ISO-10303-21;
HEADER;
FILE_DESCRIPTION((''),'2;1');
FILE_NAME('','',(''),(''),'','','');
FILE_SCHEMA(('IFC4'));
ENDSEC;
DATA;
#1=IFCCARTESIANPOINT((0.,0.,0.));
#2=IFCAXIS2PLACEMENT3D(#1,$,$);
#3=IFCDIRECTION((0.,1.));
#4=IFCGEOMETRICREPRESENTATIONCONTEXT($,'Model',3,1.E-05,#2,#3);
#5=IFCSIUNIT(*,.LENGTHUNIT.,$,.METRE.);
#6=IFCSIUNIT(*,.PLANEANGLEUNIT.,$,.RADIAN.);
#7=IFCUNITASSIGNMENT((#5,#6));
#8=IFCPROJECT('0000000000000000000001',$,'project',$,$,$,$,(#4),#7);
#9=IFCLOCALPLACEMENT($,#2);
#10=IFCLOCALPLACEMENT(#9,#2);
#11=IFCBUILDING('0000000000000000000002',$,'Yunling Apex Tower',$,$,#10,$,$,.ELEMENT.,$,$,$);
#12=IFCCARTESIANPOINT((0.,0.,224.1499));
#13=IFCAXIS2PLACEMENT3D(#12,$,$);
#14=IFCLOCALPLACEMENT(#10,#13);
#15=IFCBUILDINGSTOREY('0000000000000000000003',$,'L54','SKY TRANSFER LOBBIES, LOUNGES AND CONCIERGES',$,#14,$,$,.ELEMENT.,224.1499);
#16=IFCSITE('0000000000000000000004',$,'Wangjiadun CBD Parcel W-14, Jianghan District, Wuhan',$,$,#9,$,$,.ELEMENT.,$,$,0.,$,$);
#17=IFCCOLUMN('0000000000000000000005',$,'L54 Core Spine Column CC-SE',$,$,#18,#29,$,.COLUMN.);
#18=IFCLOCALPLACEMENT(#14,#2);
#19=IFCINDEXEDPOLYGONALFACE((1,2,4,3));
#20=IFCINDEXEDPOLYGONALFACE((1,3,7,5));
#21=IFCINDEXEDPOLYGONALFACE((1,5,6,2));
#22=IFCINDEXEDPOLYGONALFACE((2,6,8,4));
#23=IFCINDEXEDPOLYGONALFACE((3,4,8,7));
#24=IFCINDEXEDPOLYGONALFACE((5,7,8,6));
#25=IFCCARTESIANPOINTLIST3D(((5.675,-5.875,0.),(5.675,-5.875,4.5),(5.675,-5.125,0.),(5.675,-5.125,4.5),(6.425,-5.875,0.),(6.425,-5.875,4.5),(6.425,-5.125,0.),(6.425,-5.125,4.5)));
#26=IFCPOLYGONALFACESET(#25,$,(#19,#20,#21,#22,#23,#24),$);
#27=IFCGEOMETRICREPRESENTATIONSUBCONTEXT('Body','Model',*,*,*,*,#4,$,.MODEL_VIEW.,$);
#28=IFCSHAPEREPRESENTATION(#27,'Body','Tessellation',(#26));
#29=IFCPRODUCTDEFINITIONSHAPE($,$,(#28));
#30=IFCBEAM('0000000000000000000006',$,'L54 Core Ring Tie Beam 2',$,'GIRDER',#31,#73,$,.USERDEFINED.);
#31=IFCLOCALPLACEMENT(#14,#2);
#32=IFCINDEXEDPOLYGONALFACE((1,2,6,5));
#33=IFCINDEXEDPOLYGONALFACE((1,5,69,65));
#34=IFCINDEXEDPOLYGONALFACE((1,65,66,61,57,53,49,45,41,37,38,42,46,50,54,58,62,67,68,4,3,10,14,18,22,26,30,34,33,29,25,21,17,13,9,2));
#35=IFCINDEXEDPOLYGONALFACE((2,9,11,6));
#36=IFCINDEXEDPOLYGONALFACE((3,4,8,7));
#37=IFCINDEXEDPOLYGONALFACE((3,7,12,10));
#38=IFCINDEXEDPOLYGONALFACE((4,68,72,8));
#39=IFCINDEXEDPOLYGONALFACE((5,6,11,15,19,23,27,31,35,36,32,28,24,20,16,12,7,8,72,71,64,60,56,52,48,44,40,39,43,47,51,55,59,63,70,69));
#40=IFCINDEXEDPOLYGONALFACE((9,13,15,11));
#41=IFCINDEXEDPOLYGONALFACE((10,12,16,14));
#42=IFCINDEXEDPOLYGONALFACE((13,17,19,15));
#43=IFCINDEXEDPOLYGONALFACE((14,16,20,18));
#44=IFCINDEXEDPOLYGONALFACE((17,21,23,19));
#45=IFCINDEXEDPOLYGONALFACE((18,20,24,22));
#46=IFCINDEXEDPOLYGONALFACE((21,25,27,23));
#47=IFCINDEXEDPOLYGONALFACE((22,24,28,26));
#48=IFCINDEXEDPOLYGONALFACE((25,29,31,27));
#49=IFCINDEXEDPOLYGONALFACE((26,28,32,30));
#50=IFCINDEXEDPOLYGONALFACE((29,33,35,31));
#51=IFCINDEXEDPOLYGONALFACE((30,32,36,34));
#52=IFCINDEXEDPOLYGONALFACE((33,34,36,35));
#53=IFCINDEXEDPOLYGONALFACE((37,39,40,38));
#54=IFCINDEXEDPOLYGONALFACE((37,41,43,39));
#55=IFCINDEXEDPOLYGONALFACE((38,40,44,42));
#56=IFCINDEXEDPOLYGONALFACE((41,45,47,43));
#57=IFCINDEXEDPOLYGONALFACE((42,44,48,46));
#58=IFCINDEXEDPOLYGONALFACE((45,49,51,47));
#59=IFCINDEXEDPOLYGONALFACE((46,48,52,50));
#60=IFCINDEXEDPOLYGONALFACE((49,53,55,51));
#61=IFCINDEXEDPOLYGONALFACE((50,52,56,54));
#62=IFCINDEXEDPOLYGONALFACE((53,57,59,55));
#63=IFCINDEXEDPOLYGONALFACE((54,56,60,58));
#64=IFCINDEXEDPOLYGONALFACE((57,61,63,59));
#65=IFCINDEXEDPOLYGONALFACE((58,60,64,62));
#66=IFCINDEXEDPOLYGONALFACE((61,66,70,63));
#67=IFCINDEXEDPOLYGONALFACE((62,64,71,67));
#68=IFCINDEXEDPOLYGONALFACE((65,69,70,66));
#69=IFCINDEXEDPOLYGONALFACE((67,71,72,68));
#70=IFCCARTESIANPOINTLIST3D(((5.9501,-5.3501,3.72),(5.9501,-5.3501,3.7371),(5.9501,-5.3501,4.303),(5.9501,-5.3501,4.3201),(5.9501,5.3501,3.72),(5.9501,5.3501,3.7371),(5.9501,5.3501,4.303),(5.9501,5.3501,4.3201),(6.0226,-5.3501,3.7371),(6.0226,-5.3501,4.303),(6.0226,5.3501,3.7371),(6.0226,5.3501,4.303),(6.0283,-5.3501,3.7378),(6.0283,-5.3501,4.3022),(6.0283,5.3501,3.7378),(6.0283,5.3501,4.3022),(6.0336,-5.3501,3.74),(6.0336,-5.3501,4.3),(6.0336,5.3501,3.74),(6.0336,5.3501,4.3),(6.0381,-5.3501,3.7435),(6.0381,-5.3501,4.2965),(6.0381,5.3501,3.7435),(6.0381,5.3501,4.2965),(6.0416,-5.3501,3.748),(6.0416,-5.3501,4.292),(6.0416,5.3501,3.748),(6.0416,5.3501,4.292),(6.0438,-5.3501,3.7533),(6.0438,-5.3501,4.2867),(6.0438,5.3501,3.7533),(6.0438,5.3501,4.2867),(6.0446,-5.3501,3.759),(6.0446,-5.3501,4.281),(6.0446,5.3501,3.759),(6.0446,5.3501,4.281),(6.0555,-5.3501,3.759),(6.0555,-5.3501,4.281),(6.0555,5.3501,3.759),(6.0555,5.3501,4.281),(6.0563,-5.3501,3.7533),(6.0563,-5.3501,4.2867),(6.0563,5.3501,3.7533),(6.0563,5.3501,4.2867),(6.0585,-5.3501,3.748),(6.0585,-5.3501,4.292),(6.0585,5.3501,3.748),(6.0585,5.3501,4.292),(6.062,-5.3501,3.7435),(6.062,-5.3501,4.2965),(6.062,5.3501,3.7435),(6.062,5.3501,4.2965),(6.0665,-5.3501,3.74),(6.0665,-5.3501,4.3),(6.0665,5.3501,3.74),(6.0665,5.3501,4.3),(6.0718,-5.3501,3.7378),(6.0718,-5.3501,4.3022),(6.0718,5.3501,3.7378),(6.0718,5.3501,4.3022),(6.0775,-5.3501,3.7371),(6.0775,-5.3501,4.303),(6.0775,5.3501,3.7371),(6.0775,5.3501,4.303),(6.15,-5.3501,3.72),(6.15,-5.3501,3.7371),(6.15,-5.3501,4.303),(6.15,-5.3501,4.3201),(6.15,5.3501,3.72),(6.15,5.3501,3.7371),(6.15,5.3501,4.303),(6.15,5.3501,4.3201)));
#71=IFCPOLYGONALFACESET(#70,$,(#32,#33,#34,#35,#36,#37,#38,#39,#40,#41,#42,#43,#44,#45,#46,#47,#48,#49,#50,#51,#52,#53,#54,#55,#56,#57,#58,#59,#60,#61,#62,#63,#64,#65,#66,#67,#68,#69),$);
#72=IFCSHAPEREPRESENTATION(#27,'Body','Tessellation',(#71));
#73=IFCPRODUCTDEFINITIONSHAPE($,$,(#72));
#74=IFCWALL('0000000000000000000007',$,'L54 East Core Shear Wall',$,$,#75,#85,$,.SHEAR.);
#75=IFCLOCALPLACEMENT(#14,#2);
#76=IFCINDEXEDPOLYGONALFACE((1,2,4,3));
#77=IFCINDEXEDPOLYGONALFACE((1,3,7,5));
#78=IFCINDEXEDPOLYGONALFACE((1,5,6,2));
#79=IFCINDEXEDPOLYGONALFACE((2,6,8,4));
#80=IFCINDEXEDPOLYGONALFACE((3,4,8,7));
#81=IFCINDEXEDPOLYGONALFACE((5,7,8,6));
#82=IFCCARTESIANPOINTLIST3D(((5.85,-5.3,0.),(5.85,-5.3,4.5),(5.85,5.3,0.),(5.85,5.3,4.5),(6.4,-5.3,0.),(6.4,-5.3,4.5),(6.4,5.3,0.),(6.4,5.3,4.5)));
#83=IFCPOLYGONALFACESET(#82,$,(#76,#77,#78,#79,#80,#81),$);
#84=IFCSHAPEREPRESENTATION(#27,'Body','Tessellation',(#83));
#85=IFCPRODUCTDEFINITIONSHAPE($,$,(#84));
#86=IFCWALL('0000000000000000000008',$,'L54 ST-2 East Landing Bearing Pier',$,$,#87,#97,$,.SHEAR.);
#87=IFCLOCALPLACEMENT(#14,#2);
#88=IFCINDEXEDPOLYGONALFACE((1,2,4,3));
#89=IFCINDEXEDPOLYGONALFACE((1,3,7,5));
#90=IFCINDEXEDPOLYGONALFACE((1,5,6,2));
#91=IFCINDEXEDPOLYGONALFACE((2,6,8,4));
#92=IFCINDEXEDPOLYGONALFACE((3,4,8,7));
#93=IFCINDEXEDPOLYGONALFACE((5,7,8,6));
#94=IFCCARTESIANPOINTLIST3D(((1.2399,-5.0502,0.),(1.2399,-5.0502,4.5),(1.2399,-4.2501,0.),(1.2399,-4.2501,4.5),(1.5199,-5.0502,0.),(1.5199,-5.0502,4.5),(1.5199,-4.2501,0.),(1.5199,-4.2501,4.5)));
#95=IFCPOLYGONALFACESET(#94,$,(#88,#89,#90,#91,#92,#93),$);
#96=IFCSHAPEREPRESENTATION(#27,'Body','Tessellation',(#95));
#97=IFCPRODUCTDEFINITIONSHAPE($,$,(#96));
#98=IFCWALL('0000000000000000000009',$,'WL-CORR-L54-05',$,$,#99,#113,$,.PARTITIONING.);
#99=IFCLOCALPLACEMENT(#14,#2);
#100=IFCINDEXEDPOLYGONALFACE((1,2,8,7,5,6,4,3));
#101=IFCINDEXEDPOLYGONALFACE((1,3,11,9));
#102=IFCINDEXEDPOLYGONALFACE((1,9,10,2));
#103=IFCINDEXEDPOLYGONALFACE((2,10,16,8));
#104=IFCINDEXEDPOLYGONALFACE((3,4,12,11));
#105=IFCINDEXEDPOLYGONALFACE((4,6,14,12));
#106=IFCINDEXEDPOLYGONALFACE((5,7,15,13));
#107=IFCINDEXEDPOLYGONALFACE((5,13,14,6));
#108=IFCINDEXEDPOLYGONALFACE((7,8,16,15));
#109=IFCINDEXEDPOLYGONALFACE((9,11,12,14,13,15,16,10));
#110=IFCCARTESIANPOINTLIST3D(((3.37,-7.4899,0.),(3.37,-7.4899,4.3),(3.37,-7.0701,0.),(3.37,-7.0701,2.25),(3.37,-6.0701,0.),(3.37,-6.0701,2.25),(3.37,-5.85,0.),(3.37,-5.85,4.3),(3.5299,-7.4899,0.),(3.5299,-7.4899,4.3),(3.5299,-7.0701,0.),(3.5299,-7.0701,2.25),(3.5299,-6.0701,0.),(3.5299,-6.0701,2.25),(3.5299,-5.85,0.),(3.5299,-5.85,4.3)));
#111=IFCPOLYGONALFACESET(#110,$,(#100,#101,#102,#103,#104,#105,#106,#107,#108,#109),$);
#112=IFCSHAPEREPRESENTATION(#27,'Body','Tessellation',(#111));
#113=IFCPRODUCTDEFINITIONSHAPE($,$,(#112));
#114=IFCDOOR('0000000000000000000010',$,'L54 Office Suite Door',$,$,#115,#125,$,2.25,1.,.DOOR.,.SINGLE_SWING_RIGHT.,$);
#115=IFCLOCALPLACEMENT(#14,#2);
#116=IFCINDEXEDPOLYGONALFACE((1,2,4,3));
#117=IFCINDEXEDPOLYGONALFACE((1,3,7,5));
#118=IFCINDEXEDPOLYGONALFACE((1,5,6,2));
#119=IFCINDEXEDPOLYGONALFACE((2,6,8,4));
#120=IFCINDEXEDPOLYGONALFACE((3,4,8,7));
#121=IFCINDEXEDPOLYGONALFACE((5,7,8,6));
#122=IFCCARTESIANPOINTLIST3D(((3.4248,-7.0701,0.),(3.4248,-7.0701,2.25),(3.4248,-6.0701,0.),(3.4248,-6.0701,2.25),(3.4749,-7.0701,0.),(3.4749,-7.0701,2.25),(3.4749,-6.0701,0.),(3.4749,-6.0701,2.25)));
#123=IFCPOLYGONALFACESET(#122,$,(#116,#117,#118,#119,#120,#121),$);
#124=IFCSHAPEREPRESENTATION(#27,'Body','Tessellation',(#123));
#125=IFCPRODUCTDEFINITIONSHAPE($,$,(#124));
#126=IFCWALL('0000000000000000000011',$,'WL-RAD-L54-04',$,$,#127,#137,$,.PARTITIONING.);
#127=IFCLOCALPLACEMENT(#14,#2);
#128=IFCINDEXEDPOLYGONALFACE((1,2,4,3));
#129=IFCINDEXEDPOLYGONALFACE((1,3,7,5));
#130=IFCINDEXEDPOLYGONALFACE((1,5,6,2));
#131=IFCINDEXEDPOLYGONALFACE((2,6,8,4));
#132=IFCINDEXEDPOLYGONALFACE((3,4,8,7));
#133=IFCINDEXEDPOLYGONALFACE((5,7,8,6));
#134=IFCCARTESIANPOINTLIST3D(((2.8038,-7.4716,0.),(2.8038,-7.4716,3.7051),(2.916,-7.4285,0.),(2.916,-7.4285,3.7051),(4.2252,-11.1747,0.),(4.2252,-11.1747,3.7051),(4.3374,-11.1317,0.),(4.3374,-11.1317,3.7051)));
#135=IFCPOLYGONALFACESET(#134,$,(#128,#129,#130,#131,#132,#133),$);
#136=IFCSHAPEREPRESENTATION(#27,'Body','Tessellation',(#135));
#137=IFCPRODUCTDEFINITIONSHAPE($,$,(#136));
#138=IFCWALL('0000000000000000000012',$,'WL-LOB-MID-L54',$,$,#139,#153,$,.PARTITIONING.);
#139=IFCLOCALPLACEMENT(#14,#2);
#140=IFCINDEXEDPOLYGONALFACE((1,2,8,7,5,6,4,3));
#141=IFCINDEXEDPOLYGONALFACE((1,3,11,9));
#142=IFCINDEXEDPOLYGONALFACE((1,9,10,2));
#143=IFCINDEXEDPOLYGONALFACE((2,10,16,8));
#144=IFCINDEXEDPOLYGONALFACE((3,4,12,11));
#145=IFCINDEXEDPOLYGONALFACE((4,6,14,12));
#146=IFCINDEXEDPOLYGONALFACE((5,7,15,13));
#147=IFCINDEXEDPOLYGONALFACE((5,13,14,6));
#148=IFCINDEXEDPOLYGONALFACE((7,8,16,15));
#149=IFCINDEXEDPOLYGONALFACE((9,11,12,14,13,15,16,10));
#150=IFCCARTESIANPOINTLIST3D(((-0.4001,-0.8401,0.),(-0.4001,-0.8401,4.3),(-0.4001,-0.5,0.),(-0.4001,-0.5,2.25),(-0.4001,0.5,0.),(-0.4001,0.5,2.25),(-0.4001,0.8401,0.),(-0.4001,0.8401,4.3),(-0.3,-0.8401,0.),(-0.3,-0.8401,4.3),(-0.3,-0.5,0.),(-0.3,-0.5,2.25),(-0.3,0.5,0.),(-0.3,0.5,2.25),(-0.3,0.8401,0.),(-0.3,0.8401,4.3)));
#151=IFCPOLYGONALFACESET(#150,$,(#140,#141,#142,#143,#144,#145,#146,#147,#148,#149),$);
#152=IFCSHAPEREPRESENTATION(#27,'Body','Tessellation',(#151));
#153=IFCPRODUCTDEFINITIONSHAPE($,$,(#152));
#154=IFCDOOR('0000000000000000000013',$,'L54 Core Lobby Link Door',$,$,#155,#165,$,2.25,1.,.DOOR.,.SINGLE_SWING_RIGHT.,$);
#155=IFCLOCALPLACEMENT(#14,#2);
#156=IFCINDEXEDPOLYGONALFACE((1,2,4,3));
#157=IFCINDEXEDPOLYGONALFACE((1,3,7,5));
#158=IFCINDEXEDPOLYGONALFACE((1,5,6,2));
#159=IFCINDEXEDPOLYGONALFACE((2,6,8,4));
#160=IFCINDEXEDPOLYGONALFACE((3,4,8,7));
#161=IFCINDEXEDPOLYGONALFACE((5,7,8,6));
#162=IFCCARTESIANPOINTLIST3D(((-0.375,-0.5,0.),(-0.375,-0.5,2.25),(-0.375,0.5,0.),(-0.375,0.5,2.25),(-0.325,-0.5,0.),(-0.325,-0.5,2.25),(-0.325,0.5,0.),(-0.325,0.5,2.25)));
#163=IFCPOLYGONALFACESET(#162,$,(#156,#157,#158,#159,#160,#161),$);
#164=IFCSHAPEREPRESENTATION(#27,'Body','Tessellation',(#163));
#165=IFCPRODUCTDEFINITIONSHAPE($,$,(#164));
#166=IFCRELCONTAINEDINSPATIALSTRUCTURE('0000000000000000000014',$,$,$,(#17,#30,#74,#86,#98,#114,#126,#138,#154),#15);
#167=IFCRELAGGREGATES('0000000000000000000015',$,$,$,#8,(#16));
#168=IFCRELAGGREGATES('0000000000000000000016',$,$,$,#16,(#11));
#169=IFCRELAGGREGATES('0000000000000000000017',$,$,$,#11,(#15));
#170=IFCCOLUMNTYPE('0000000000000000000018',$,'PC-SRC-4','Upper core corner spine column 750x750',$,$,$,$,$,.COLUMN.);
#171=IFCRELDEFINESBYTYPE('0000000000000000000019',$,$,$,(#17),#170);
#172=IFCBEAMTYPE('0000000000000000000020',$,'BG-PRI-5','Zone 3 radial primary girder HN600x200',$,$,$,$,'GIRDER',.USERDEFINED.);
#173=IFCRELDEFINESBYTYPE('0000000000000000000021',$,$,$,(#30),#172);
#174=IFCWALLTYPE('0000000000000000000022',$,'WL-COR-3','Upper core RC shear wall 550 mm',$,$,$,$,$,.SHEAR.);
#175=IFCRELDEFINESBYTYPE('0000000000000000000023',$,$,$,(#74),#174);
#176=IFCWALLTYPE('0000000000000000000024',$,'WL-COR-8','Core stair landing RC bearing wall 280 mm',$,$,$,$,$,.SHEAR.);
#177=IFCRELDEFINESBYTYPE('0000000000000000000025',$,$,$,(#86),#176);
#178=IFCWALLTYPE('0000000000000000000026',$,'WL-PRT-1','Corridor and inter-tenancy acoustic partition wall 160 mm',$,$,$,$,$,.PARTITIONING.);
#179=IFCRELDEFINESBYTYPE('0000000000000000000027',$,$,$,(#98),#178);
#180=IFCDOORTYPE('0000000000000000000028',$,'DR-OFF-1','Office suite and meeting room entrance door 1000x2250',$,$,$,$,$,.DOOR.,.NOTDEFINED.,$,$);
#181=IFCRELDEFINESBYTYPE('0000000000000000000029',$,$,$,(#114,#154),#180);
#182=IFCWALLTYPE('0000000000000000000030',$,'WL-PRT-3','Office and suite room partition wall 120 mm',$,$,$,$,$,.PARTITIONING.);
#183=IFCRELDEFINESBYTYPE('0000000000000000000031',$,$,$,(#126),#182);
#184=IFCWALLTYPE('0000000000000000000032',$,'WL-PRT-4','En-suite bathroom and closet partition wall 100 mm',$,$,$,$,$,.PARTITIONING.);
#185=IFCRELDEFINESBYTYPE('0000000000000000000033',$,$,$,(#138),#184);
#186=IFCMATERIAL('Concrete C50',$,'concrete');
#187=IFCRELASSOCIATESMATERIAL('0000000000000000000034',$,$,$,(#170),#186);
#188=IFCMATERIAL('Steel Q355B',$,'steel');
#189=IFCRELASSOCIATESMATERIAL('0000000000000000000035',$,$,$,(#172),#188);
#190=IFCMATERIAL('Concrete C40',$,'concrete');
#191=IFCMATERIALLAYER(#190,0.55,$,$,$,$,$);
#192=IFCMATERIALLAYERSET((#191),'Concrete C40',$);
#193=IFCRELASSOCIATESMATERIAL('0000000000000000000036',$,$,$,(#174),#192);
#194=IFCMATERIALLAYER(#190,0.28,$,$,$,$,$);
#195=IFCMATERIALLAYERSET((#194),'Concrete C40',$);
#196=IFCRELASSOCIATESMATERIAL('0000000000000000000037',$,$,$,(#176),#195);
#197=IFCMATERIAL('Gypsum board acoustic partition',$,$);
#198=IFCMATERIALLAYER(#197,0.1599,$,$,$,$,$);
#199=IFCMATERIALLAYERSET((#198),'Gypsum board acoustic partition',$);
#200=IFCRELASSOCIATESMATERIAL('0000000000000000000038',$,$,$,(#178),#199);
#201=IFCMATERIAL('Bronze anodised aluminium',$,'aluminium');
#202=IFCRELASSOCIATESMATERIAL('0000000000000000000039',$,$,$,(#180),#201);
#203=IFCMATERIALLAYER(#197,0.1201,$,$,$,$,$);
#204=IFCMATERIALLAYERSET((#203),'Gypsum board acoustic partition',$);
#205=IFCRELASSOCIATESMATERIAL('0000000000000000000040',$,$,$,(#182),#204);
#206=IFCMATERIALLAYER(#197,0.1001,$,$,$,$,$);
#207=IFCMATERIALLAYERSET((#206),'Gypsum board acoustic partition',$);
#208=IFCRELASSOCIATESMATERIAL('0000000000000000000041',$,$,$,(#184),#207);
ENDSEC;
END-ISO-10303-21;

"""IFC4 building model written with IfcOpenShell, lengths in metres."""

from ifc_helpers import new_model, si_unit, direction, frame, frame_2d, origin, origin_2d, place, context, subcontext, project, spatial, rectangle, i_section, extrude, source, transform, mapped, material, layer, layer_set, material_profile, profile_set, type_object, element, fill, save


model = new_model("IFC4")

# Units and contexts
model_context = context("Model", 3, precision=1e-05, world=origin(), true_north=direction((0.0, 1.0)))
body_context = subcontext(model_context, "Body", "Model", "MODEL_VIEW")
ifc_project = project(units=[si_unit("LENGTHUNIT", "METRE"), si_unit("PLANEANGLEUNIT", "RADIAN")], contexts=[model_context])

# Site, building, storey
site_placement = place(None, origin())
site = spatial("IfcSite", under=ifc_project, at=site_placement, Name="Wangjiadun CBD Parcel W-14, Jianghan District, Wuhan", CompositionType="ELEMENT", RefElevation=0.0)
building_placement = place(site_placement, origin())
building = spatial("IfcBuilding", under=site, at=building_placement, Name="Yunling Apex Tower", CompositionType="ELEMENT")
storey_placement = place(building_placement, frame((0.0, 0.0, 224.1499)))
storey = spatial("IfcBuildingStorey", under=building, at=storey_placement, Name="L54", Description="SKY TRANSFER LOBBIES, LOUNGES AND CONCIERGES", CompositionType="ELEMENT", Elevation=224.1499)

# Column
ifc_material_1 = material(Name="Concrete C50", Category="concrete")
ifc_material_profile_1 = material_profile(ifc_material_1, rectangle(XDim=0.75, YDim=0.75, at=origin_2d()))
ifc_profile_set_1 = profile_set([ifc_material_profile_1], Name="Concrete C50")
column_type = type_object("IfcColumnType", Name="PC-SRC-4", Description="Upper core corner spine column 750x750", PredefinedType="COLUMN", material=ifc_profile_set_1)
shared_shape_1 = source(origin(), body_context, "Body", "SweptSolid", [
    extrude(rectangle(XDim=0.75, YDim=0.75, at=origin_2d()), origin(), (0.0, 0.0, 1.0), 4.5),
])
column_placement = place(storey_placement, frame((6.05, -5.5, 0.0), z_axis=(0.0, 0.0, 1.0), x_axis=(1.0, 0.0, 0.0)))
element("IfcColumn", 1, at=column_placement, inside=storey, type_object=column_type, Name="L54 Core Spine Column CC-SE", PredefinedType="COLUMN", context=body_context, shape_type="MappedRepresentation", body=[
    mapped(shared_shape_1, transform((0.0, 0.0, 0.0), scale=1.0)),
])

# Beam
ifc_material_2 = material(Name="Steel Q355B", Category="steel")
ifc_material_profile_2 = material_profile(ifc_material_2, i_section(OverallWidth=0.2, OverallDepth=0.6001, WebThickness=0.011, FlangeThickness=0.0171, FilletRadius=0.022, at=origin_2d()))
ifc_profile_set_2 = profile_set([ifc_material_profile_2], Name="Steel Q355B")
beam_type = type_object("IfcBeamType", Name="BG-PRI-5", Description="Zone 3 radial primary girder HN600x200", ElementType="GIRDER", PredefinedType="USERDEFINED", material=ifc_profile_set_2)
shared_shape_2 = source(origin(), body_context, "Body", "SweptSolid", [
    extrude(i_section(OverallWidth=0.2, OverallDepth=0.6001, WebThickness=0.011, FlangeThickness=0.0171, FilletRadius=0.022, at=origin_2d()), origin(), (0.0, 0.0, 1.0), 10.7002),
])
beam_placement = place(storey_placement, frame((6.05, -5.3501, 4.02), z_axis=(0.0, 1.0, 0.0), x_axis=(-1.0, 0.0, 0.0)))
element("IfcBeam", 2, at=beam_placement, inside=storey, type_object=beam_type, Name="L54 Core Ring Tie Beam 2", ObjectType="GIRDER", PredefinedType="USERDEFINED", context=body_context, shape_type="MappedRepresentation", body=[
    mapped(shared_shape_2, transform((0.0, 0.0, 0.0), scale=1.0)),
])

# Walls
ifc_material_3 = material(Name="Concrete C40", Category="concrete")
ifc_layer_1 = layer(ifc_material_3, 0.55)
ifc_layer_set_1 = layer_set([ifc_layer_1], Name="Concrete C40")
wall_type_1 = type_object("IfcWallType", Name="WL-COR-3", Description="Upper core RC shear wall 550 mm", PredefinedType="SHEAR", material=ifc_layer_set_1)
wall_1_placement = place(storey_placement, frame((6.125, -5.3, 0.0), z_axis=(0.0, 0.0, 1.0), x_axis=(0.0, 1.0, 0.0)))
element("IfcWall", 3, at=wall_1_placement, inside=storey, type_object=wall_type_1, Name="L54 East Core Shear Wall", PredefinedType="SHEAR", context=body_context, shape_type="SweptSolid", body=[
    extrude(rectangle(XDim=10.6001, YDim=0.55, at=frame_2d((5.3, 0.0))), origin(), (0.0, 0.0, 1.0), 4.5),
])
ifc_layer_2 = layer(ifc_material_3, 0.28)
ifc_layer_set_2 = layer_set([ifc_layer_2], Name="Concrete C40")
wall_type_2 = type_object("IfcWallType", Name="WL-COR-8", Description="Core stair landing RC bearing wall 280 mm", PredefinedType="SHEAR", material=ifc_layer_set_2)
wall_2_placement = place(storey_placement, frame((1.3799, -5.05, 0.0), z_axis=(0.0, 0.0, 1.0), x_axis=(0.0, 1.0, 0.0)))
element("IfcWall", 4, at=wall_2_placement, inside=storey, type_object=wall_type_2, Name="L54 ST-2 East Landing Bearing Pier", PredefinedType="SHEAR", context=body_context, shape_type="SweptSolid", body=[
    extrude(rectangle(XDim=0.8, YDim=0.28, at=frame_2d((0.3999, 0.0))), origin(), (0.0, 0.0, 1.0), 4.5),
])

# Wall, opening, door
ifc_material_4 = material(Name="Gypsum board acoustic partition")
ifc_layer_3 = layer(ifc_material_4, 0.1599)
ifc_layer_set_3 = layer_set([ifc_layer_3], Name="Gypsum board acoustic partition")
wall_type_3 = type_object("IfcWallType", Name="WL-PRT-1", Description="Corridor and inter-tenancy acoustic partition wall 160 mm", PredefinedType="PARTITIONING", material=ifc_layer_set_3)
wall_3_placement = place(storey_placement, frame((3.45, -5.8501, 0.0), z_axis=(0.0, 0.0, 1.0), x_axis=(0.0, -1.0, 0.0)))
wall_3 = element("IfcWall", 5, at=wall_3_placement, inside=storey, type_object=wall_type_3, Name="WL-CORR-L54-05", PredefinedType="PARTITIONING", context=body_context, shape_type="SweptSolid", body=[
    extrude(rectangle(XDim=1.6399, YDim=0.1599, at=frame_2d((0.8198, 0.0))), origin(), (0.0, 0.0, 1.0), 4.3),
])
opening_1_placement = place(wall_3_placement, frame((0.22, 0.0, 0.0)))
opening_1 = element("IfcOpeningElement", 6, at=opening_1_placement, cuts=wall_3, PredefinedType="OPENING", context=body_context, shape_type="SweptSolid", body=[
    extrude(rectangle(XDim=1.0, YDim=2.25, at=frame_2d((0.5, 1.125))), frame((0.0, 0.0898, 0.0), z_axis=(0.0, -1.0, 0.0), x_axis=(1.0, 0.0, 0.0)), (0.0, 0.0, 1.0), 0.1799),
])
ifc_material_5 = material(Name="Bronze anodised aluminium", Category="aluminium")
door_type_1 = type_object("IfcDoorType", Name="DR-OFF-1", Description="Office suite and meeting room entrance door 1000x2250", OperationType="NOTDEFINED", PredefinedType="DOOR", material=ifc_material_5)
door_1_placement = place(opening_1_placement, origin())
door_1 = element("IfcDoor", 7, at=door_1_placement, inside=storey, type_object=door_type_1, Name="L54 Office Suite Door", OperationType="SINGLE_SWING_RIGHT", OverallHeight=2.25, OverallWidth=1.0, PredefinedType="DOOR", context=body_context, shape_type="SweptSolid", body=[
    extrude(rectangle(XDim=1.0, YDim=2.25, at=frame_2d((0.5, 1.125))), frame((0.0, 0.0249, 0.0), z_axis=(0.0, -1.0, 0.0), x_axis=(1.0, 0.0, 0.0)), (0.0, 0.0, 1.0), 0.05),
])
fill(opening_1, door_1)

# Wall
ifc_layer_4 = layer(ifc_material_4, 0.1201)
ifc_layer_set_4 = layer_set([ifc_layer_4], Name="Gypsum board acoustic partition")
wall_type_4 = type_object("IfcWallType", Name="WL-PRT-3", Description="Office and suite room partition wall 120 mm", PredefinedType="PARTITIONING", material=ifc_layer_set_4)
wall_4_placement = place(storey_placement, frame((2.8599, -7.45, 0.0), z_axis=(0.0, 0.0, 1.0), x_axis=(0.358344, -0.93359, 0.0)))
element("IfcWall", 8, at=wall_4_placement, inside=storey, type_object=wall_type_4, Name="WL-RAD-L54-04", PredefinedType="PARTITIONING", context=body_context, shape_type="SweptSolid", body=[
    extrude(rectangle(XDim=3.9666, YDim=0.1201, at=frame_2d((1.9834, 0.0))), origin(), (0.0, 0.0, 1.0), 3.7051),
])

# Wall, opening, door
ifc_layer_5 = layer(ifc_material_4, 0.1001)
ifc_layer_set_5 = layer_set([ifc_layer_5], Name="Gypsum board acoustic partition")
wall_type_5 = type_object("IfcWallType", Name="WL-PRT-4", Description="En-suite bathroom and closet partition wall 100 mm", PredefinedType="PARTITIONING", material=ifc_layer_set_5)
wall_5_placement = place(storey_placement, frame((-0.3501, -0.8401, 0.0), z_axis=(0.0, 0.0, 1.0), x_axis=(0.0, 1.0, 0.0)))
wall_5 = element("IfcWall", 9, at=wall_5_placement, inside=storey, type_object=wall_type_5, Name="WL-LOB-MID-L54", PredefinedType="PARTITIONING", context=body_context, shape_type="SweptSolid", body=[
    extrude(rectangle(XDim=1.6802, YDim=0.1001, at=frame_2d((0.8401, 0.0))), origin(), (0.0, 0.0, 1.0), 4.3),
])
opening_2_placement = place(wall_5_placement, frame((0.3401, 0.0, 0.0)))
opening_2 = element("IfcOpeningElement", 10, at=opening_2_placement, cuts=wall_5, PredefinedType="OPENING", context=body_context, shape_type="SweptSolid", body=[
    extrude(rectangle(XDim=1.0, YDim=2.25, at=frame_2d((0.5, 1.125))), frame((0.0, 0.0601, 0.0), z_axis=(0.0, -1.0, 0.0), x_axis=(1.0, 0.0, 0.0)), (0.0, 0.0, 1.0), 0.1201),
])
door_2_placement = place(opening_2_placement, origin())
door_2 = element("IfcDoor", 11, at=door_2_placement, inside=storey, type_object=door_type_1, Name="L54 Core Lobby Link Door", OperationType="SINGLE_SWING_RIGHT", OverallHeight=2.25, OverallWidth=1.0, PredefinedType="DOOR", context=body_context, shape_type="SweptSolid", body=[
    extrude(rectangle(XDim=1.0, YDim=2.25, at=frame_2d((0.5, 1.125))), frame((0.0, 0.0249, 0.0), z_axis=(0.0, -1.0, 0.0), x_axis=(1.0, 0.0, 0.0)), (0.0, 0.0, 1.0), 0.05),
])
fill(opening_2, door_2)

save(model, "model.ifc")
